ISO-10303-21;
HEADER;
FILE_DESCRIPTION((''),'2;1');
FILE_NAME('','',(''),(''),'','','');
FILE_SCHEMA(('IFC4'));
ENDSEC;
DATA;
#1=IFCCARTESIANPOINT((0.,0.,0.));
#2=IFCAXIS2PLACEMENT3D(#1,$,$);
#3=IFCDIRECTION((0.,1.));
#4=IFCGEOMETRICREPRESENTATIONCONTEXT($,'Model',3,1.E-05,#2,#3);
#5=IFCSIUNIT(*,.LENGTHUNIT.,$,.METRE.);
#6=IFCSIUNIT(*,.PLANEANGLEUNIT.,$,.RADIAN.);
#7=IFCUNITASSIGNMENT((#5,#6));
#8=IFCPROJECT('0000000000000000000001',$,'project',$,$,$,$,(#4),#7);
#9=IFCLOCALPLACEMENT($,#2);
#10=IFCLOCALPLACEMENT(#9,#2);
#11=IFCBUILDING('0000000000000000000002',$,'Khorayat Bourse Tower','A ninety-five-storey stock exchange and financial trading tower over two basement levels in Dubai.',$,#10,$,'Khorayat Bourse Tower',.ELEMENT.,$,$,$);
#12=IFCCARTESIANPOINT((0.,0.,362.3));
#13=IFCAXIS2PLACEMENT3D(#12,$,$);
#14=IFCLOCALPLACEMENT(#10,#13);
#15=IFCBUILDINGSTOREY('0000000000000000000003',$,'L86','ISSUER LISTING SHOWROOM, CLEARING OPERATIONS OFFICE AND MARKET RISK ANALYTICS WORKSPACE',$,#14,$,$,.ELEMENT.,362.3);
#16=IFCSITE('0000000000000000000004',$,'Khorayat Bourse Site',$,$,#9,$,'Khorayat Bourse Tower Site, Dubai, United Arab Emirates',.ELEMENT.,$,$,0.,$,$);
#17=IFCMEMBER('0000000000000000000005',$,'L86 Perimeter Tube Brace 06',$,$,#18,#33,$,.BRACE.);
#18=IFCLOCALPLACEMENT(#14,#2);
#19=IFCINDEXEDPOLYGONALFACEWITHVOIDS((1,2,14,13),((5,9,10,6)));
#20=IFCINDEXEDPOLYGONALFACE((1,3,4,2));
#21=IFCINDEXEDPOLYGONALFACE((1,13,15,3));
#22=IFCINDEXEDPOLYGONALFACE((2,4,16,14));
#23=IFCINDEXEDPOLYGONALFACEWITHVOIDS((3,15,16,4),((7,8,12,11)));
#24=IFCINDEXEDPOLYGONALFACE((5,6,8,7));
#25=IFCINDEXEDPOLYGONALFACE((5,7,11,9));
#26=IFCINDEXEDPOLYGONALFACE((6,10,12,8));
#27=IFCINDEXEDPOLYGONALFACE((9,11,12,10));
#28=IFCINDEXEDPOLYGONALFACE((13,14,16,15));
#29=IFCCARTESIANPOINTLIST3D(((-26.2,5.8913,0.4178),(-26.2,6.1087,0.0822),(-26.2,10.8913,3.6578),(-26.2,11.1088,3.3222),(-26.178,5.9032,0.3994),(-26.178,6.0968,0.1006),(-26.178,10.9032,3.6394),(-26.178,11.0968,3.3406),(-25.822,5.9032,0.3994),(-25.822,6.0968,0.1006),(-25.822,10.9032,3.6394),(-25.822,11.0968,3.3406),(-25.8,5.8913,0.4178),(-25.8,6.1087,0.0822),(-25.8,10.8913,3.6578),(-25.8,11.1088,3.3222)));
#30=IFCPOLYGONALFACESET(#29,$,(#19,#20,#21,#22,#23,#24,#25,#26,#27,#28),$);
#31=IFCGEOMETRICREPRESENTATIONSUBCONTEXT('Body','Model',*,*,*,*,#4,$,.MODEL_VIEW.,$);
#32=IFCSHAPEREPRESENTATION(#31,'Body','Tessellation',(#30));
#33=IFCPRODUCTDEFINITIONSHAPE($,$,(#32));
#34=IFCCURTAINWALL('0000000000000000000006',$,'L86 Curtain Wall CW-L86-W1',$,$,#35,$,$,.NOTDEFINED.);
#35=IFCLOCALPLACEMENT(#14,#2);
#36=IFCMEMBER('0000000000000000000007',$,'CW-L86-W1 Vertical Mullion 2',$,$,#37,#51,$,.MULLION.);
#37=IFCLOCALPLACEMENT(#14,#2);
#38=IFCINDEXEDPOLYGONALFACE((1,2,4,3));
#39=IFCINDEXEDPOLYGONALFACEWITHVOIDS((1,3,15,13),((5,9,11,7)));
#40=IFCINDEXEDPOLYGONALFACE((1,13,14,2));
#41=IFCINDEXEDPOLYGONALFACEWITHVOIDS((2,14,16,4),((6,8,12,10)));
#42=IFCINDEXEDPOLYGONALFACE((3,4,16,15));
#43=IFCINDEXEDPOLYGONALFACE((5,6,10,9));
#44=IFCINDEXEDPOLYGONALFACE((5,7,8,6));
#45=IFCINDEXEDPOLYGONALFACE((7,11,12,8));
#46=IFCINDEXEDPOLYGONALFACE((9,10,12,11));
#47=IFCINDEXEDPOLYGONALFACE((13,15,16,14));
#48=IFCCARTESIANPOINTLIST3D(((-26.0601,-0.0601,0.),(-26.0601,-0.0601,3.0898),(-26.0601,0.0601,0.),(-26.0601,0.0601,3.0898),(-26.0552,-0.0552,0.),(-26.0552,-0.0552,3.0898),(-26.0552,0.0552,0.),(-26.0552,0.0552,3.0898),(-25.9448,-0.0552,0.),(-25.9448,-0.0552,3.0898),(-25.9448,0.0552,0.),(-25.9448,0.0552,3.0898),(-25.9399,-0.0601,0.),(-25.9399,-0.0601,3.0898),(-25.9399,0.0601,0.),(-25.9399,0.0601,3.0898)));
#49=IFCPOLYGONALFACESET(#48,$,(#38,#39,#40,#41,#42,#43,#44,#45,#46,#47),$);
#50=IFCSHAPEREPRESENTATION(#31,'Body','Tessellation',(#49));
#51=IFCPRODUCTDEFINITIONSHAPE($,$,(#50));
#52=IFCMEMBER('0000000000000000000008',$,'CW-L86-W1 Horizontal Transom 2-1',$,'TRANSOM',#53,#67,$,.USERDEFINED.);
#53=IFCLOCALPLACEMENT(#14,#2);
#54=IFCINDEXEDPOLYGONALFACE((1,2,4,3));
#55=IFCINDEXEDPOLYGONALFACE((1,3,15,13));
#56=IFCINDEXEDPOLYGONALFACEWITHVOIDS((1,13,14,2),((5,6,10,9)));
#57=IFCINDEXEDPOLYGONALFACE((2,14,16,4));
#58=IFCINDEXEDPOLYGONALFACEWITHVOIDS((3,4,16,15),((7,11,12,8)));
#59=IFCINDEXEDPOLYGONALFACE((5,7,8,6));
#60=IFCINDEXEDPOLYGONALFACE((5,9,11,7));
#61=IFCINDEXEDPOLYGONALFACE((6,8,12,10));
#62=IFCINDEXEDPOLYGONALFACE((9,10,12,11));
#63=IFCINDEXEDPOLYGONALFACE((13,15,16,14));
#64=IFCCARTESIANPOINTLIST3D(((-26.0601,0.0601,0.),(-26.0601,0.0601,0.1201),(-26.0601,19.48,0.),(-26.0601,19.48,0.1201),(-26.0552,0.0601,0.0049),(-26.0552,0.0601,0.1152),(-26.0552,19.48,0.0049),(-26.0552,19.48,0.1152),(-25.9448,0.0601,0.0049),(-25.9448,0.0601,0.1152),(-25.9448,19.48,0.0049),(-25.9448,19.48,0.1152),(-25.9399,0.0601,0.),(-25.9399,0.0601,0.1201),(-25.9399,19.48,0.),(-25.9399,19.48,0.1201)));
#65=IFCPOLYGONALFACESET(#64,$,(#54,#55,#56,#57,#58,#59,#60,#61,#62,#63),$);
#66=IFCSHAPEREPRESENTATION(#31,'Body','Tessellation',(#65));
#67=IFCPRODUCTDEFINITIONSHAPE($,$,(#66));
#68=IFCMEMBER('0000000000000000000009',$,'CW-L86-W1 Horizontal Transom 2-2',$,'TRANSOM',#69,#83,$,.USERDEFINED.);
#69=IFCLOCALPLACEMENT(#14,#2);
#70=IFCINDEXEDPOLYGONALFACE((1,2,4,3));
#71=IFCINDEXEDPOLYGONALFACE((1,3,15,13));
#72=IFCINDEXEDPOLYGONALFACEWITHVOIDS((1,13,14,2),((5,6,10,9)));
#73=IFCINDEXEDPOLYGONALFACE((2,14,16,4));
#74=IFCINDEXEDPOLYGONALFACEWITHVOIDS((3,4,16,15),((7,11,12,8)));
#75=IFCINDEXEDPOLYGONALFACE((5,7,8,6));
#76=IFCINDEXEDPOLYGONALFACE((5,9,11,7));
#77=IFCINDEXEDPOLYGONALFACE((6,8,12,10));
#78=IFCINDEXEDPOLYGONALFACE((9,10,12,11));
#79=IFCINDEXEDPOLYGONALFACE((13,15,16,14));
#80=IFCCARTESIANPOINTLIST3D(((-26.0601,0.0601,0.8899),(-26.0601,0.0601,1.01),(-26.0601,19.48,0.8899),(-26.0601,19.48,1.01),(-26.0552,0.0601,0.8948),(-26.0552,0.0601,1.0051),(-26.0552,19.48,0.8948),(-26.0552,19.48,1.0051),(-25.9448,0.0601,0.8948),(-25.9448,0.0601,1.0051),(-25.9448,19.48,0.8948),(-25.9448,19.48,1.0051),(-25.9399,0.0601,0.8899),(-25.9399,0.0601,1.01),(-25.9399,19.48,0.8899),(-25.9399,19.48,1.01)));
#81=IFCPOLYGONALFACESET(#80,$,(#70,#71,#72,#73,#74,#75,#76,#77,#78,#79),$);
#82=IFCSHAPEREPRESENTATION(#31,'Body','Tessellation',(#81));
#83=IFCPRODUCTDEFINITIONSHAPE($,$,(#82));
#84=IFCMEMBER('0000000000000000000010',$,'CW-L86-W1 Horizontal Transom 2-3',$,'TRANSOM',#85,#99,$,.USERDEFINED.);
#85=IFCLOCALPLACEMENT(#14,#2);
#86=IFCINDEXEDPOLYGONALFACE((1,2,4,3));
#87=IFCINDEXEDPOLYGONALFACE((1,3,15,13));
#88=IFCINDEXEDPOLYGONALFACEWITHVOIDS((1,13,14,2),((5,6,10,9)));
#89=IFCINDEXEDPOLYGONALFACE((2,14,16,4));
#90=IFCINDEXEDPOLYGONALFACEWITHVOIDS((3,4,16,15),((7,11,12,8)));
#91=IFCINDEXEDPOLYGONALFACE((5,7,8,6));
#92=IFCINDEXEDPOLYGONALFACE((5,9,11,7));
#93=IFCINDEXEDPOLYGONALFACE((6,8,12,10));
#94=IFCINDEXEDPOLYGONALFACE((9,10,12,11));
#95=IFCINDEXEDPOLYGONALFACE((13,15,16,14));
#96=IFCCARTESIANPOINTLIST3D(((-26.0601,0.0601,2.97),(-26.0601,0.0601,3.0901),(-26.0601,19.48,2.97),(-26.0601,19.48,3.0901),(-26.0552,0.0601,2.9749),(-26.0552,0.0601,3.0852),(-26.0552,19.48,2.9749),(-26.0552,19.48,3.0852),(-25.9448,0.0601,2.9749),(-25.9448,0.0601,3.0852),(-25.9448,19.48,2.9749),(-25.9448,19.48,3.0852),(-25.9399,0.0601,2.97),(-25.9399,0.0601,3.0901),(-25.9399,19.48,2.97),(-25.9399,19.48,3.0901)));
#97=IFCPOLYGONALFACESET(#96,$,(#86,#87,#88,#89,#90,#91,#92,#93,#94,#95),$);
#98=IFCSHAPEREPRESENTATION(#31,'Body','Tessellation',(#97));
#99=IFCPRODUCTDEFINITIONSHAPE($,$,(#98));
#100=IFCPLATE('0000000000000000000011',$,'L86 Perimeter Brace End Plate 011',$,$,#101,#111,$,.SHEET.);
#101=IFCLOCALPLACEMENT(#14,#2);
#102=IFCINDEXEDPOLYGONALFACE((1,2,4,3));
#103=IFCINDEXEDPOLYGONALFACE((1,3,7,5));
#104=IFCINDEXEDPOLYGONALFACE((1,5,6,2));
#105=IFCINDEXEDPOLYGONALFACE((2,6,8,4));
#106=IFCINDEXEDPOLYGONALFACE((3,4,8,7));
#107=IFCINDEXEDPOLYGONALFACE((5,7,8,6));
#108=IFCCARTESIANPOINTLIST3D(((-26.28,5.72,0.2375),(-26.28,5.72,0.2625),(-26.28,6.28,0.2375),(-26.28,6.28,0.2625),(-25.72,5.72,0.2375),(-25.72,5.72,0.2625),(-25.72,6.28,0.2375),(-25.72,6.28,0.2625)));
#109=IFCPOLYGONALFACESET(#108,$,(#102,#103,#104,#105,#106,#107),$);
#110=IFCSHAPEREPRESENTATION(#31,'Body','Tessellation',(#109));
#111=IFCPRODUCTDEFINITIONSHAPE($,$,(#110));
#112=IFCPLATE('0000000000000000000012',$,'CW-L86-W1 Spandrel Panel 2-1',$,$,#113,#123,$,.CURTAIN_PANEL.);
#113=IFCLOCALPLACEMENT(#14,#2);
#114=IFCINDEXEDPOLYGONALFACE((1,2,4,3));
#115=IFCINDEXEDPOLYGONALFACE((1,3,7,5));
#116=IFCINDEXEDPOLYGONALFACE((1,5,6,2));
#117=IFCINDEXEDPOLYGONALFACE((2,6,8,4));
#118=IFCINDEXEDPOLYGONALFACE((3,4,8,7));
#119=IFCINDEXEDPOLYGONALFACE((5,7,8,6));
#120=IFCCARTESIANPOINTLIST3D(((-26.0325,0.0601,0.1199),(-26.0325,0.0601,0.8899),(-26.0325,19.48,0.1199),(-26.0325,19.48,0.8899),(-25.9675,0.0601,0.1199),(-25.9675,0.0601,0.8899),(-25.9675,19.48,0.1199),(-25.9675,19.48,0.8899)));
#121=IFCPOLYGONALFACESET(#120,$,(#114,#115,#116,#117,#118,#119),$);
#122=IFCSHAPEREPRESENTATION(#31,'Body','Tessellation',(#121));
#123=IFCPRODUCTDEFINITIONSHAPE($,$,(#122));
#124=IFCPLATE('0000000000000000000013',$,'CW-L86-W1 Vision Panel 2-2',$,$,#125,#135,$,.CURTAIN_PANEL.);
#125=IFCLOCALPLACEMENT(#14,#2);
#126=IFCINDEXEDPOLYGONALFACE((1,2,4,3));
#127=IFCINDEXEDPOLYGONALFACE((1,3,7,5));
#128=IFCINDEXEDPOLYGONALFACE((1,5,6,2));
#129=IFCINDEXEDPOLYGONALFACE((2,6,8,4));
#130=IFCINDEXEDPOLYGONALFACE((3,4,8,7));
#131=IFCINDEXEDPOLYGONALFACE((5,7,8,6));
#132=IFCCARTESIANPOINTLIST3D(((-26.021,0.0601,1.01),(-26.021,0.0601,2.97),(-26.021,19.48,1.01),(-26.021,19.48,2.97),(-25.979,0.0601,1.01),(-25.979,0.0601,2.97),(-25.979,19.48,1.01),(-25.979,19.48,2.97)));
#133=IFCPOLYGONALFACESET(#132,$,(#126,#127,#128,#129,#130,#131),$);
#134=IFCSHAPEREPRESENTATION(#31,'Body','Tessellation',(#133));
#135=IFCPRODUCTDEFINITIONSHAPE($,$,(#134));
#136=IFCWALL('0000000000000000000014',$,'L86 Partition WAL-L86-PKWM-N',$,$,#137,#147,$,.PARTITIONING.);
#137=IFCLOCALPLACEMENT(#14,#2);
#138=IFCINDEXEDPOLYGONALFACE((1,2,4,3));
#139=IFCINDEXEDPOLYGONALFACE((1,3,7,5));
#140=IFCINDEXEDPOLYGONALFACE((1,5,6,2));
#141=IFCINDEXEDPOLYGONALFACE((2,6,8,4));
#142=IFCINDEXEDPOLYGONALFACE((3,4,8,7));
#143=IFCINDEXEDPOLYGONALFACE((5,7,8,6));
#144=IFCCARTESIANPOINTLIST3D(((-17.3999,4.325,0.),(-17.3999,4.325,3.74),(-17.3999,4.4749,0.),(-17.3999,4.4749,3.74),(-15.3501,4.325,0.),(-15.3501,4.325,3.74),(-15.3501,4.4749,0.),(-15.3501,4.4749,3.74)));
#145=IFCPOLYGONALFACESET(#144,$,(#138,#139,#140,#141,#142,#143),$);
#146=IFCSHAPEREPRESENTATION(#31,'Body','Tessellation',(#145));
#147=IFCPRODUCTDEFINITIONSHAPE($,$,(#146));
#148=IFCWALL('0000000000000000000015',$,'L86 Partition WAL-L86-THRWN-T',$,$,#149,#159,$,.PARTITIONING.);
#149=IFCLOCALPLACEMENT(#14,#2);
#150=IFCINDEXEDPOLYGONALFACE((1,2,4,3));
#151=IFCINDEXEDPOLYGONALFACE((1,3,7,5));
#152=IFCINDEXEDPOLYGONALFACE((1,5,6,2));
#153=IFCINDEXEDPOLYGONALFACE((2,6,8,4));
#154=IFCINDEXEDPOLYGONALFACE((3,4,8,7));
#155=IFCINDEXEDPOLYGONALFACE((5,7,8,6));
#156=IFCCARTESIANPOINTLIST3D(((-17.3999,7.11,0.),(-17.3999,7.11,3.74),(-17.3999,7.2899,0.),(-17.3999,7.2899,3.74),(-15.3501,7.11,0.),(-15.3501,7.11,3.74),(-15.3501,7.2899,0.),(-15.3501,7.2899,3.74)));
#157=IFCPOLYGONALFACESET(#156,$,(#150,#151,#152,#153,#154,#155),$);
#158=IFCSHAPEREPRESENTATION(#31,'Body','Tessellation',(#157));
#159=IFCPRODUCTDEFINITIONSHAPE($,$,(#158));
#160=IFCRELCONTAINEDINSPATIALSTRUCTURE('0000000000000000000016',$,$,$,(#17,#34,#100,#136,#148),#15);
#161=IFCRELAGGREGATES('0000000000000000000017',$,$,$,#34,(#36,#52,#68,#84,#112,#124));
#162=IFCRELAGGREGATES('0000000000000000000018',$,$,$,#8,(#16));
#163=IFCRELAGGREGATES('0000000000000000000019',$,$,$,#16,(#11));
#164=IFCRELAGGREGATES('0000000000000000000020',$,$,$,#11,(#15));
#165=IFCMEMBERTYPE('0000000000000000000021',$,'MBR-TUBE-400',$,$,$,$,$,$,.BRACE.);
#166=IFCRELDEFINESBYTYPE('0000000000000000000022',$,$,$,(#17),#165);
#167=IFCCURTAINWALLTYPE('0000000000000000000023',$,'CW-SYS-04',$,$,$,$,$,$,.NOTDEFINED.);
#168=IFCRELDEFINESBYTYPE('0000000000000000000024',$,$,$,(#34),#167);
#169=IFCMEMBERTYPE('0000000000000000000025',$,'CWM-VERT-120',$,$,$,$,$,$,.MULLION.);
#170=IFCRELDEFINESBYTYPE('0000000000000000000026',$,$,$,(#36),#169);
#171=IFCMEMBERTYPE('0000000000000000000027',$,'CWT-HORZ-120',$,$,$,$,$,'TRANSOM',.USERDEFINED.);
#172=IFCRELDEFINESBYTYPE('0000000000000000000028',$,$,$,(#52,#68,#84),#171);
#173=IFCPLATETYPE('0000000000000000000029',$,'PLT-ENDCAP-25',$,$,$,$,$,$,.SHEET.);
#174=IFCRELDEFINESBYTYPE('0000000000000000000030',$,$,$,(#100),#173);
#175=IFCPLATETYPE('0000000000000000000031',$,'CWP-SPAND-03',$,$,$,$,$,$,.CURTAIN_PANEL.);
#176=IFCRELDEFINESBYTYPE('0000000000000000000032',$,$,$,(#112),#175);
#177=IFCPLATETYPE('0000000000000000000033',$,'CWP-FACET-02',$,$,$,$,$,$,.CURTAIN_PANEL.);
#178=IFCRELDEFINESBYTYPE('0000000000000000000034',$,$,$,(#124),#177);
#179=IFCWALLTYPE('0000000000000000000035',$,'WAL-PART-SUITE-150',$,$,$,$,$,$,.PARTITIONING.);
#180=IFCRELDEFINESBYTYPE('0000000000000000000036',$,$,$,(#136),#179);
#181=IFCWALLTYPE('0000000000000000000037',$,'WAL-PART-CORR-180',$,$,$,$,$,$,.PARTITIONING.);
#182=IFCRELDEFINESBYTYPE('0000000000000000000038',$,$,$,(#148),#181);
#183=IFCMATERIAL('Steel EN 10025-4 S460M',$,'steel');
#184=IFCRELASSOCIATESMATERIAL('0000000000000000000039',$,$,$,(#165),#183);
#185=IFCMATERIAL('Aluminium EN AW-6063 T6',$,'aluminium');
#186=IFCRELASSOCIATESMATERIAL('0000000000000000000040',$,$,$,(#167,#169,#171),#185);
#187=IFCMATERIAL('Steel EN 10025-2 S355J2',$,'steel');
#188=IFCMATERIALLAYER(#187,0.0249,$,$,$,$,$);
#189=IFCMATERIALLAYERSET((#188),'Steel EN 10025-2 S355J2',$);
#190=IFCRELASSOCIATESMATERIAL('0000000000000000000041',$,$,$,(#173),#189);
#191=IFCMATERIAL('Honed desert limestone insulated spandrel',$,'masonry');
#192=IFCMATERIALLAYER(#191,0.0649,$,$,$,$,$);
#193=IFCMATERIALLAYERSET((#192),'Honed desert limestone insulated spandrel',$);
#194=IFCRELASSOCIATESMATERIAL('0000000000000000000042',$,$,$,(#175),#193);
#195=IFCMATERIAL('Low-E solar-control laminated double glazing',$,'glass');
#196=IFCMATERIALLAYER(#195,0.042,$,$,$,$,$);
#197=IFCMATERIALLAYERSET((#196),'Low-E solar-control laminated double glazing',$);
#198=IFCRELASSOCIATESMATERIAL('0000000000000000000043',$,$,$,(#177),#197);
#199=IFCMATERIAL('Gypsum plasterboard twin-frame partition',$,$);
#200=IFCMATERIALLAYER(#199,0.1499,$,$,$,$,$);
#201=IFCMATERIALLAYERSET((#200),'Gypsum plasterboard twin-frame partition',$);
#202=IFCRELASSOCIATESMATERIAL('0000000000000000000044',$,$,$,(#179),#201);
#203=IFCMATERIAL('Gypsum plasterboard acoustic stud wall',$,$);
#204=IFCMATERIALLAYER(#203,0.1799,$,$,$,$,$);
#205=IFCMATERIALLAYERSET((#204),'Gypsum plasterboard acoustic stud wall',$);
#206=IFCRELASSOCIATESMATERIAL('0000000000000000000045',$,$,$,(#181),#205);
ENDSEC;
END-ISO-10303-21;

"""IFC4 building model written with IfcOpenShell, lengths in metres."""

from ifc_helpers import new_model, si_unit, direction, frame, frame_2d, origin, origin_2d, place, context, subcontext, project, spatial, rectangle, hollow_rectangle, extrude, source, transform, mapped, material, layer, layer_set, material_profile, profile_set, type_object, element, aggregate, save


model = new_model("IFC4")

# Units and contexts
model_context = context("Model", 3, precision=1e-05, world=origin(), true_north=direction((0.0, 1.0)))
body_context = subcontext(model_context, "Body", "Model", "MODEL_VIEW")
ifc_project = project(units=[si_unit("LENGTHUNIT", "METRE"), si_unit("PLANEANGLEUNIT", "RADIAN")], contexts=[model_context])

# Site, building, storey
site_placement = place(None, origin())
site = spatial("IfcSite", under=ifc_project, at=site_placement, Name="Khorayat Bourse Site", LongName="Khorayat Bourse Tower Site, Dubai, United Arab Emirates", CompositionType="ELEMENT", RefElevation=0.0)
building_placement = place(site_placement, origin())
building = spatial("IfcBuilding", under=site, at=building_placement, Name="Khorayat Bourse Tower", Description="A ninety-five-storey stock exchange and financial trading tower over two basement levels in Dubai.", LongName="Khorayat Bourse Tower", CompositionType="ELEMENT")
storey_placement = place(building_placement, frame((0.0, 0.0, 362.3)))
storey = spatial("IfcBuildingStorey", under=building, at=storey_placement, Name="L86", Description="ISSUER LISTING SHOWROOM, CLEARING OPERATIONS OFFICE AND MARKET RISK ANALYTICS WORKSPACE", CompositionType="ELEMENT", Elevation=362.3)

# Shared definitions
ifc_material_1 = material(Name="Steel EN 10025-2 S355J2", Category="steel")

# Member
ifc_material_2 = material(Name="Steel EN 10025-4 S460M", Category="steel")
ifc_material_profile_1 = material_profile(ifc_material_2, hollow_rectangle(XDim=0.3999, YDim=0.3999, WallThickness=0.022, at=origin_2d()), Name="HSS 400x400x22")
ifc_profile_set_1 = profile_set([ifc_material_profile_1], Name="Steel EN 10025-4 S460M")
member_type_1 = type_object("IfcMemberType", Name="MBR-TUBE-400", PredefinedType="BRACE", material=ifc_profile_set_1)
shared_shape_1 = source(origin(), body_context, "Body", "SweptSolid", [
    extrude(hollow_rectangle(XDim=0.3999, YDim=0.3999, WallThickness=0.022, at=origin_2d()), origin(), (0.0, 0.0, 1.0), 5.958),
])
member_1_placement = place(storey_placement, frame((-26.0, 6.0, 0.25), z_axis=(0.0, 0.83921, 0.543807), x_axis=(-1.0, 0.0, 0.0)))
element("IfcMember", 1, at=member_1_placement, inside=storey, type_object=member_type_1, Name="L86 Perimeter Tube Brace 06", PredefinedType="BRACE", context=body_context, shape_type="MappedRepresentation", body=[
    mapped(shared_shape_1, transform((0.0, 0.0, 0.0), scale=1.0)),
])

# Curtain wall, members
ifc_material_3 = material(Name="Aluminium EN AW-6063 T6", Category="aluminium")
curtain_wall_type = type_object("IfcCurtainWallType", Name="CW-SYS-04", PredefinedType="NOTDEFINED", material=ifc_material_3)
curtain_wall_placement = place(storey_placement, origin())
curtain_wall = element("IfcCurtainWall", 2, at=curtain_wall_placement, inside=storey, type_object=curtain_wall_type, Name="L86 Curtain Wall CW-L86-W1", PredefinedType="NOTDEFINED")
ifc_material_profile_2 = material_profile(ifc_material_3, hollow_rectangle(XDim=0.1201, YDim=0.1201, WallThickness=0.0049, at=origin_2d()), Name="ALU 120x120x5")
ifc_profile_set_2 = profile_set([ifc_material_profile_2], Name="Aluminium EN AW-6063 T6")
member_type_2 = type_object("IfcMemberType", Name="CWM-VERT-120", PredefinedType="MULLION", material=ifc_profile_set_2)
shared_shape_2 = source(origin(), body_context, "Body", "SweptSolid", [
    extrude(hollow_rectangle(XDim=0.1201, YDim=0.1201, WallThickness=0.0049, at=origin_2d()), origin(), (0.0, 0.0, 1.0), 3.0898),
])
member_2_placement = place(storey_placement, frame((-26.0, 0.0, 0.0), z_axis=(0.0, 0.0, 1.0), x_axis=(-1.0, 0.0, 0.0)))
member_2 = element("IfcMember", 3, at=member_2_placement, type_object=member_type_2, Name="CW-L86-W1 Vertical Mullion 2", PredefinedType="MULLION", context=body_context, shape_type="MappedRepresentation", body=[
    mapped(shared_shape_2, transform((0.0, 0.0, 0.0), scale=1.0)),
])
ifc_material_profile_3 = material_profile(ifc_material_3, hollow_rectangle(XDim=0.1201, YDim=0.1201, WallThickness=0.0049, at=origin_2d()), Name="ALU 120x120x5")
ifc_profile_set_3 = profile_set([ifc_material_profile_3], Name="Aluminium EN AW-6063 T6")
member_type_3 = type_object("IfcMemberType", Name="CWT-HORZ-120", ElementType="TRANSOM", PredefinedType="USERDEFINED", material=ifc_profile_set_3)
shared_shape_3 = source(origin(), body_context, "Body", "SweptSolid", [
    extrude(hollow_rectangle(XDim=0.1201, YDim=0.1201, WallThickness=0.0049, at=origin_2d()), origin(), (0.0, 0.0, 1.0), 19.4199),
])
member_3_placement = place(storey_placement, frame((-26.0, 0.0601, 0.0601), z_axis=(0.0, 1.0, 0.0), x_axis=(-1.0, 0.0, 0.0)))
member_3 = element("IfcMember", 4, at=member_3_placement, type_object=member_type_3, Name="CW-L86-W1 Horizontal Transom 2-1", ObjectType="TRANSOM", PredefinedType="USERDEFINED", context=body_context, shape_type="MappedRepresentation", body=[
    mapped(shared_shape_3, transform((0.0, 0.0, 0.0), scale=1.0)),
])
member_4_placement = place(storey_placement, frame((-26.0, 0.0601, 0.95), z_axis=(0.0, 1.0, 0.0), x_axis=(-1.0, 0.0, 0.0)))
member_4 = element("IfcMember", 5, at=member_4_placement, type_object=member_type_3, Name="CW-L86-W1 Horizontal Transom 2-2", ObjectType="TRANSOM", PredefinedType="USERDEFINED", context=body_context, shape_type="MappedRepresentation", body=[
    mapped(shared_shape_3, transform((0.0, 0.0, 0.0), scale=1.0)),
])
member_5_placement = place(storey_placement, frame((-26.0, 0.0601, 3.03), z_axis=(0.0, 1.0, 0.0), x_axis=(-1.0, 0.0, 0.0)))
member_5 = element("IfcMember", 6, at=member_5_placement, type_object=member_type_3, Name="CW-L86-W1 Horizontal Transom 2-3", ObjectType="TRANSOM", PredefinedType="USERDEFINED", context=body_context, shape_type="MappedRepresentation", body=[
    mapped(shared_shape_3, transform((0.0, 0.0, 0.0), scale=1.0)),
])

# Plates
ifc_layer_1 = layer(ifc_material_1, 0.0249)
ifc_layer_set_1 = layer_set([ifc_layer_1], Name="Steel EN 10025-2 S355J2")
plate_type_1 = type_object("IfcPlateType", Name="PLT-ENDCAP-25", PredefinedType="SHEET", material=ifc_layer_set_1)
shared_shape_4 = source(origin(), body_context, "Body", "SweptSolid", [
    extrude(rectangle(XDim=0.5601, YDim=0.5601, at=origin_2d()), origin(), (0.0, 0.0, 1.0), 0.0249),
])
plate_1_placement = place(storey_placement, frame((-26.0, 6.0, 0.2375), z_axis=(0.0, 0.0, 1.0), x_axis=(1.0, 0.0, 0.0)))
element("IfcPlate", 7, at=plate_1_placement, inside=storey, type_object=plate_type_1, Name="L86 Perimeter Brace End Plate 011", PredefinedType="SHEET", context=body_context, shape_type="MappedRepresentation", body=[
    mapped(shared_shape_4, transform((0.0, 0.0, 0.0), scale=1.0)),
])
ifc_material_4 = material(Name="Honed desert limestone insulated spandrel", Category="masonry")
ifc_layer_2 = layer(ifc_material_4, 0.0649)
ifc_layer_set_2 = layer_set([ifc_layer_2], Name="Honed desert limestone insulated spandrel")
plate_type_2 = type_object("IfcPlateType", Name="CWP-SPAND-03", PredefinedType="CURTAIN_PANEL", material=ifc_layer_set_2)
shared_shape_5 = source(origin(), body_context, "Body", "SweptSolid", [
    extrude(rectangle(XDim=19.4199, YDim=0.0649, at=origin_2d()), origin(), (0.0, 0.0, 1.0), 0.77),
])
plate_2_placement = place(storey_placement, frame((-26.0, 9.77, 0.1199), z_axis=(0.0, 0.0, 1.0), x_axis=(0.0, 1.0, 0.0)))
plate_2 = element("IfcPlate", 8, at=plate_2_placement, type_object=plate_type_2, Name="CW-L86-W1 Spandrel Panel 2-1", PredefinedType="CURTAIN_PANEL", context=body_context, shape_type="MappedRepresentation", body=[
    mapped(shared_shape_5, transform((0.0, 0.0, 0.0), scale=1.0)),
])
ifc_material_5 = material(Name="Low-E solar-control laminated double glazing", Category="glass")
ifc_layer_3 = layer(ifc_material_5, 0.042)
ifc_layer_set_3 = layer_set([ifc_layer_3], Name="Low-E solar-control laminated double glazing")
plate_type_3 = type_object("IfcPlateType", Name="CWP-FACET-02", PredefinedType="CURTAIN_PANEL", material=ifc_layer_set_3)
shared_shape_6 = source(origin(), body_context, "Body", "SweptSolid", [
    extrude(rectangle(XDim=19.4199, YDim=0.042, at=origin_2d()), origin(), (0.0, 0.0, 1.0), 1.96),
])
plate_3_placement = place(storey_placement, frame((-26.0, 9.77, 1.01), z_axis=(0.0, 0.0, 1.0), x_axis=(0.0, 1.0, 0.0)))
plate_3 = element("IfcPlate", 9, at=plate_3_placement, type_object=plate_type_3, Name="CW-L86-W1 Vision Panel 2-2", PredefinedType="CURTAIN_PANEL", context=body_context, shape_type="MappedRepresentation", body=[
    mapped(shared_shape_6, transform((0.0, 0.0, 0.0), scale=1.0)),
])
aggregate(curtain_wall, [member_2, member_3, member_4, member_5, plate_2, plate_3])

# Walls
ifc_material_6 = material(Name="Gypsum plasterboard twin-frame partition")
ifc_layer_4 = layer(ifc_material_6, 0.1499)
ifc_layer_set_4 = layer_set([ifc_layer_4], Name="Gypsum plasterboard twin-frame partition")
wall_type_1 = type_object("IfcWallType", Name="WAL-PART-SUITE-150", PredefinedType="PARTITIONING", material=ifc_layer_set_4)
shared_shape_7 = source(origin(), body_context, "Body", "SweptSolid", [
    extrude(rectangle(XDim=2.0498, YDim=0.1499, at=frame_2d((1.0249, 0.0))), origin(), (0.0, 0.0, 1.0), 3.74),
])
wall_1_placement = place(storey_placement, frame((-17.3999, 4.3999, 0.0), z_axis=(0.0, 0.0, 1.0), x_axis=(1.0, 0.0, 0.0)))
element("IfcWall", 10, at=wall_1_placement, inside=storey, type_object=wall_type_1, Name="L86 Partition WAL-L86-PKWM-N", PredefinedType="PARTITIONING", context=body_context, shape_type="MappedRepresentation", body=[
    mapped(shared_shape_7, transform((0.0, 0.0, 0.0), scale=1.0)),
])
ifc_material_7 = material(Name="Gypsum plasterboard acoustic stud wall")
ifc_layer_5 = layer(ifc_material_7, 0.1799)
ifc_layer_set_5 = layer_set([ifc_layer_5], Name="Gypsum plasterboard acoustic stud wall")
wall_type_2 = type_object("IfcWallType", Name="WAL-PART-CORR-180", PredefinedType="PARTITIONING", material=ifc_layer_set_5)
shared_shape_8 = source(origin(), body_context, "Body", "SweptSolid", [
    extrude(rectangle(XDim=2.0498, YDim=0.1799, at=frame_2d((1.0249, 0.0))), origin(), (0.0, 0.0, 1.0), 3.74),
])
wall_2_placement = place(storey_placement, frame((-17.3999, 7.2, 0.0), z_axis=(0.0, 0.0, 1.0), x_axis=(1.0, 0.0, 0.0)))
element("IfcWall", 11, at=wall_2_placement, inside=storey, type_object=wall_type_2, Name="L86 Partition WAL-L86-THRWN-T", PredefinedType="PARTITIONING", context=body_context, shape_type="MappedRepresentation", body=[
    mapped(shared_shape_8, transform((0.0, 0.0, 0.0), scale=1.0)),
])

save(model, "model.ifc")
